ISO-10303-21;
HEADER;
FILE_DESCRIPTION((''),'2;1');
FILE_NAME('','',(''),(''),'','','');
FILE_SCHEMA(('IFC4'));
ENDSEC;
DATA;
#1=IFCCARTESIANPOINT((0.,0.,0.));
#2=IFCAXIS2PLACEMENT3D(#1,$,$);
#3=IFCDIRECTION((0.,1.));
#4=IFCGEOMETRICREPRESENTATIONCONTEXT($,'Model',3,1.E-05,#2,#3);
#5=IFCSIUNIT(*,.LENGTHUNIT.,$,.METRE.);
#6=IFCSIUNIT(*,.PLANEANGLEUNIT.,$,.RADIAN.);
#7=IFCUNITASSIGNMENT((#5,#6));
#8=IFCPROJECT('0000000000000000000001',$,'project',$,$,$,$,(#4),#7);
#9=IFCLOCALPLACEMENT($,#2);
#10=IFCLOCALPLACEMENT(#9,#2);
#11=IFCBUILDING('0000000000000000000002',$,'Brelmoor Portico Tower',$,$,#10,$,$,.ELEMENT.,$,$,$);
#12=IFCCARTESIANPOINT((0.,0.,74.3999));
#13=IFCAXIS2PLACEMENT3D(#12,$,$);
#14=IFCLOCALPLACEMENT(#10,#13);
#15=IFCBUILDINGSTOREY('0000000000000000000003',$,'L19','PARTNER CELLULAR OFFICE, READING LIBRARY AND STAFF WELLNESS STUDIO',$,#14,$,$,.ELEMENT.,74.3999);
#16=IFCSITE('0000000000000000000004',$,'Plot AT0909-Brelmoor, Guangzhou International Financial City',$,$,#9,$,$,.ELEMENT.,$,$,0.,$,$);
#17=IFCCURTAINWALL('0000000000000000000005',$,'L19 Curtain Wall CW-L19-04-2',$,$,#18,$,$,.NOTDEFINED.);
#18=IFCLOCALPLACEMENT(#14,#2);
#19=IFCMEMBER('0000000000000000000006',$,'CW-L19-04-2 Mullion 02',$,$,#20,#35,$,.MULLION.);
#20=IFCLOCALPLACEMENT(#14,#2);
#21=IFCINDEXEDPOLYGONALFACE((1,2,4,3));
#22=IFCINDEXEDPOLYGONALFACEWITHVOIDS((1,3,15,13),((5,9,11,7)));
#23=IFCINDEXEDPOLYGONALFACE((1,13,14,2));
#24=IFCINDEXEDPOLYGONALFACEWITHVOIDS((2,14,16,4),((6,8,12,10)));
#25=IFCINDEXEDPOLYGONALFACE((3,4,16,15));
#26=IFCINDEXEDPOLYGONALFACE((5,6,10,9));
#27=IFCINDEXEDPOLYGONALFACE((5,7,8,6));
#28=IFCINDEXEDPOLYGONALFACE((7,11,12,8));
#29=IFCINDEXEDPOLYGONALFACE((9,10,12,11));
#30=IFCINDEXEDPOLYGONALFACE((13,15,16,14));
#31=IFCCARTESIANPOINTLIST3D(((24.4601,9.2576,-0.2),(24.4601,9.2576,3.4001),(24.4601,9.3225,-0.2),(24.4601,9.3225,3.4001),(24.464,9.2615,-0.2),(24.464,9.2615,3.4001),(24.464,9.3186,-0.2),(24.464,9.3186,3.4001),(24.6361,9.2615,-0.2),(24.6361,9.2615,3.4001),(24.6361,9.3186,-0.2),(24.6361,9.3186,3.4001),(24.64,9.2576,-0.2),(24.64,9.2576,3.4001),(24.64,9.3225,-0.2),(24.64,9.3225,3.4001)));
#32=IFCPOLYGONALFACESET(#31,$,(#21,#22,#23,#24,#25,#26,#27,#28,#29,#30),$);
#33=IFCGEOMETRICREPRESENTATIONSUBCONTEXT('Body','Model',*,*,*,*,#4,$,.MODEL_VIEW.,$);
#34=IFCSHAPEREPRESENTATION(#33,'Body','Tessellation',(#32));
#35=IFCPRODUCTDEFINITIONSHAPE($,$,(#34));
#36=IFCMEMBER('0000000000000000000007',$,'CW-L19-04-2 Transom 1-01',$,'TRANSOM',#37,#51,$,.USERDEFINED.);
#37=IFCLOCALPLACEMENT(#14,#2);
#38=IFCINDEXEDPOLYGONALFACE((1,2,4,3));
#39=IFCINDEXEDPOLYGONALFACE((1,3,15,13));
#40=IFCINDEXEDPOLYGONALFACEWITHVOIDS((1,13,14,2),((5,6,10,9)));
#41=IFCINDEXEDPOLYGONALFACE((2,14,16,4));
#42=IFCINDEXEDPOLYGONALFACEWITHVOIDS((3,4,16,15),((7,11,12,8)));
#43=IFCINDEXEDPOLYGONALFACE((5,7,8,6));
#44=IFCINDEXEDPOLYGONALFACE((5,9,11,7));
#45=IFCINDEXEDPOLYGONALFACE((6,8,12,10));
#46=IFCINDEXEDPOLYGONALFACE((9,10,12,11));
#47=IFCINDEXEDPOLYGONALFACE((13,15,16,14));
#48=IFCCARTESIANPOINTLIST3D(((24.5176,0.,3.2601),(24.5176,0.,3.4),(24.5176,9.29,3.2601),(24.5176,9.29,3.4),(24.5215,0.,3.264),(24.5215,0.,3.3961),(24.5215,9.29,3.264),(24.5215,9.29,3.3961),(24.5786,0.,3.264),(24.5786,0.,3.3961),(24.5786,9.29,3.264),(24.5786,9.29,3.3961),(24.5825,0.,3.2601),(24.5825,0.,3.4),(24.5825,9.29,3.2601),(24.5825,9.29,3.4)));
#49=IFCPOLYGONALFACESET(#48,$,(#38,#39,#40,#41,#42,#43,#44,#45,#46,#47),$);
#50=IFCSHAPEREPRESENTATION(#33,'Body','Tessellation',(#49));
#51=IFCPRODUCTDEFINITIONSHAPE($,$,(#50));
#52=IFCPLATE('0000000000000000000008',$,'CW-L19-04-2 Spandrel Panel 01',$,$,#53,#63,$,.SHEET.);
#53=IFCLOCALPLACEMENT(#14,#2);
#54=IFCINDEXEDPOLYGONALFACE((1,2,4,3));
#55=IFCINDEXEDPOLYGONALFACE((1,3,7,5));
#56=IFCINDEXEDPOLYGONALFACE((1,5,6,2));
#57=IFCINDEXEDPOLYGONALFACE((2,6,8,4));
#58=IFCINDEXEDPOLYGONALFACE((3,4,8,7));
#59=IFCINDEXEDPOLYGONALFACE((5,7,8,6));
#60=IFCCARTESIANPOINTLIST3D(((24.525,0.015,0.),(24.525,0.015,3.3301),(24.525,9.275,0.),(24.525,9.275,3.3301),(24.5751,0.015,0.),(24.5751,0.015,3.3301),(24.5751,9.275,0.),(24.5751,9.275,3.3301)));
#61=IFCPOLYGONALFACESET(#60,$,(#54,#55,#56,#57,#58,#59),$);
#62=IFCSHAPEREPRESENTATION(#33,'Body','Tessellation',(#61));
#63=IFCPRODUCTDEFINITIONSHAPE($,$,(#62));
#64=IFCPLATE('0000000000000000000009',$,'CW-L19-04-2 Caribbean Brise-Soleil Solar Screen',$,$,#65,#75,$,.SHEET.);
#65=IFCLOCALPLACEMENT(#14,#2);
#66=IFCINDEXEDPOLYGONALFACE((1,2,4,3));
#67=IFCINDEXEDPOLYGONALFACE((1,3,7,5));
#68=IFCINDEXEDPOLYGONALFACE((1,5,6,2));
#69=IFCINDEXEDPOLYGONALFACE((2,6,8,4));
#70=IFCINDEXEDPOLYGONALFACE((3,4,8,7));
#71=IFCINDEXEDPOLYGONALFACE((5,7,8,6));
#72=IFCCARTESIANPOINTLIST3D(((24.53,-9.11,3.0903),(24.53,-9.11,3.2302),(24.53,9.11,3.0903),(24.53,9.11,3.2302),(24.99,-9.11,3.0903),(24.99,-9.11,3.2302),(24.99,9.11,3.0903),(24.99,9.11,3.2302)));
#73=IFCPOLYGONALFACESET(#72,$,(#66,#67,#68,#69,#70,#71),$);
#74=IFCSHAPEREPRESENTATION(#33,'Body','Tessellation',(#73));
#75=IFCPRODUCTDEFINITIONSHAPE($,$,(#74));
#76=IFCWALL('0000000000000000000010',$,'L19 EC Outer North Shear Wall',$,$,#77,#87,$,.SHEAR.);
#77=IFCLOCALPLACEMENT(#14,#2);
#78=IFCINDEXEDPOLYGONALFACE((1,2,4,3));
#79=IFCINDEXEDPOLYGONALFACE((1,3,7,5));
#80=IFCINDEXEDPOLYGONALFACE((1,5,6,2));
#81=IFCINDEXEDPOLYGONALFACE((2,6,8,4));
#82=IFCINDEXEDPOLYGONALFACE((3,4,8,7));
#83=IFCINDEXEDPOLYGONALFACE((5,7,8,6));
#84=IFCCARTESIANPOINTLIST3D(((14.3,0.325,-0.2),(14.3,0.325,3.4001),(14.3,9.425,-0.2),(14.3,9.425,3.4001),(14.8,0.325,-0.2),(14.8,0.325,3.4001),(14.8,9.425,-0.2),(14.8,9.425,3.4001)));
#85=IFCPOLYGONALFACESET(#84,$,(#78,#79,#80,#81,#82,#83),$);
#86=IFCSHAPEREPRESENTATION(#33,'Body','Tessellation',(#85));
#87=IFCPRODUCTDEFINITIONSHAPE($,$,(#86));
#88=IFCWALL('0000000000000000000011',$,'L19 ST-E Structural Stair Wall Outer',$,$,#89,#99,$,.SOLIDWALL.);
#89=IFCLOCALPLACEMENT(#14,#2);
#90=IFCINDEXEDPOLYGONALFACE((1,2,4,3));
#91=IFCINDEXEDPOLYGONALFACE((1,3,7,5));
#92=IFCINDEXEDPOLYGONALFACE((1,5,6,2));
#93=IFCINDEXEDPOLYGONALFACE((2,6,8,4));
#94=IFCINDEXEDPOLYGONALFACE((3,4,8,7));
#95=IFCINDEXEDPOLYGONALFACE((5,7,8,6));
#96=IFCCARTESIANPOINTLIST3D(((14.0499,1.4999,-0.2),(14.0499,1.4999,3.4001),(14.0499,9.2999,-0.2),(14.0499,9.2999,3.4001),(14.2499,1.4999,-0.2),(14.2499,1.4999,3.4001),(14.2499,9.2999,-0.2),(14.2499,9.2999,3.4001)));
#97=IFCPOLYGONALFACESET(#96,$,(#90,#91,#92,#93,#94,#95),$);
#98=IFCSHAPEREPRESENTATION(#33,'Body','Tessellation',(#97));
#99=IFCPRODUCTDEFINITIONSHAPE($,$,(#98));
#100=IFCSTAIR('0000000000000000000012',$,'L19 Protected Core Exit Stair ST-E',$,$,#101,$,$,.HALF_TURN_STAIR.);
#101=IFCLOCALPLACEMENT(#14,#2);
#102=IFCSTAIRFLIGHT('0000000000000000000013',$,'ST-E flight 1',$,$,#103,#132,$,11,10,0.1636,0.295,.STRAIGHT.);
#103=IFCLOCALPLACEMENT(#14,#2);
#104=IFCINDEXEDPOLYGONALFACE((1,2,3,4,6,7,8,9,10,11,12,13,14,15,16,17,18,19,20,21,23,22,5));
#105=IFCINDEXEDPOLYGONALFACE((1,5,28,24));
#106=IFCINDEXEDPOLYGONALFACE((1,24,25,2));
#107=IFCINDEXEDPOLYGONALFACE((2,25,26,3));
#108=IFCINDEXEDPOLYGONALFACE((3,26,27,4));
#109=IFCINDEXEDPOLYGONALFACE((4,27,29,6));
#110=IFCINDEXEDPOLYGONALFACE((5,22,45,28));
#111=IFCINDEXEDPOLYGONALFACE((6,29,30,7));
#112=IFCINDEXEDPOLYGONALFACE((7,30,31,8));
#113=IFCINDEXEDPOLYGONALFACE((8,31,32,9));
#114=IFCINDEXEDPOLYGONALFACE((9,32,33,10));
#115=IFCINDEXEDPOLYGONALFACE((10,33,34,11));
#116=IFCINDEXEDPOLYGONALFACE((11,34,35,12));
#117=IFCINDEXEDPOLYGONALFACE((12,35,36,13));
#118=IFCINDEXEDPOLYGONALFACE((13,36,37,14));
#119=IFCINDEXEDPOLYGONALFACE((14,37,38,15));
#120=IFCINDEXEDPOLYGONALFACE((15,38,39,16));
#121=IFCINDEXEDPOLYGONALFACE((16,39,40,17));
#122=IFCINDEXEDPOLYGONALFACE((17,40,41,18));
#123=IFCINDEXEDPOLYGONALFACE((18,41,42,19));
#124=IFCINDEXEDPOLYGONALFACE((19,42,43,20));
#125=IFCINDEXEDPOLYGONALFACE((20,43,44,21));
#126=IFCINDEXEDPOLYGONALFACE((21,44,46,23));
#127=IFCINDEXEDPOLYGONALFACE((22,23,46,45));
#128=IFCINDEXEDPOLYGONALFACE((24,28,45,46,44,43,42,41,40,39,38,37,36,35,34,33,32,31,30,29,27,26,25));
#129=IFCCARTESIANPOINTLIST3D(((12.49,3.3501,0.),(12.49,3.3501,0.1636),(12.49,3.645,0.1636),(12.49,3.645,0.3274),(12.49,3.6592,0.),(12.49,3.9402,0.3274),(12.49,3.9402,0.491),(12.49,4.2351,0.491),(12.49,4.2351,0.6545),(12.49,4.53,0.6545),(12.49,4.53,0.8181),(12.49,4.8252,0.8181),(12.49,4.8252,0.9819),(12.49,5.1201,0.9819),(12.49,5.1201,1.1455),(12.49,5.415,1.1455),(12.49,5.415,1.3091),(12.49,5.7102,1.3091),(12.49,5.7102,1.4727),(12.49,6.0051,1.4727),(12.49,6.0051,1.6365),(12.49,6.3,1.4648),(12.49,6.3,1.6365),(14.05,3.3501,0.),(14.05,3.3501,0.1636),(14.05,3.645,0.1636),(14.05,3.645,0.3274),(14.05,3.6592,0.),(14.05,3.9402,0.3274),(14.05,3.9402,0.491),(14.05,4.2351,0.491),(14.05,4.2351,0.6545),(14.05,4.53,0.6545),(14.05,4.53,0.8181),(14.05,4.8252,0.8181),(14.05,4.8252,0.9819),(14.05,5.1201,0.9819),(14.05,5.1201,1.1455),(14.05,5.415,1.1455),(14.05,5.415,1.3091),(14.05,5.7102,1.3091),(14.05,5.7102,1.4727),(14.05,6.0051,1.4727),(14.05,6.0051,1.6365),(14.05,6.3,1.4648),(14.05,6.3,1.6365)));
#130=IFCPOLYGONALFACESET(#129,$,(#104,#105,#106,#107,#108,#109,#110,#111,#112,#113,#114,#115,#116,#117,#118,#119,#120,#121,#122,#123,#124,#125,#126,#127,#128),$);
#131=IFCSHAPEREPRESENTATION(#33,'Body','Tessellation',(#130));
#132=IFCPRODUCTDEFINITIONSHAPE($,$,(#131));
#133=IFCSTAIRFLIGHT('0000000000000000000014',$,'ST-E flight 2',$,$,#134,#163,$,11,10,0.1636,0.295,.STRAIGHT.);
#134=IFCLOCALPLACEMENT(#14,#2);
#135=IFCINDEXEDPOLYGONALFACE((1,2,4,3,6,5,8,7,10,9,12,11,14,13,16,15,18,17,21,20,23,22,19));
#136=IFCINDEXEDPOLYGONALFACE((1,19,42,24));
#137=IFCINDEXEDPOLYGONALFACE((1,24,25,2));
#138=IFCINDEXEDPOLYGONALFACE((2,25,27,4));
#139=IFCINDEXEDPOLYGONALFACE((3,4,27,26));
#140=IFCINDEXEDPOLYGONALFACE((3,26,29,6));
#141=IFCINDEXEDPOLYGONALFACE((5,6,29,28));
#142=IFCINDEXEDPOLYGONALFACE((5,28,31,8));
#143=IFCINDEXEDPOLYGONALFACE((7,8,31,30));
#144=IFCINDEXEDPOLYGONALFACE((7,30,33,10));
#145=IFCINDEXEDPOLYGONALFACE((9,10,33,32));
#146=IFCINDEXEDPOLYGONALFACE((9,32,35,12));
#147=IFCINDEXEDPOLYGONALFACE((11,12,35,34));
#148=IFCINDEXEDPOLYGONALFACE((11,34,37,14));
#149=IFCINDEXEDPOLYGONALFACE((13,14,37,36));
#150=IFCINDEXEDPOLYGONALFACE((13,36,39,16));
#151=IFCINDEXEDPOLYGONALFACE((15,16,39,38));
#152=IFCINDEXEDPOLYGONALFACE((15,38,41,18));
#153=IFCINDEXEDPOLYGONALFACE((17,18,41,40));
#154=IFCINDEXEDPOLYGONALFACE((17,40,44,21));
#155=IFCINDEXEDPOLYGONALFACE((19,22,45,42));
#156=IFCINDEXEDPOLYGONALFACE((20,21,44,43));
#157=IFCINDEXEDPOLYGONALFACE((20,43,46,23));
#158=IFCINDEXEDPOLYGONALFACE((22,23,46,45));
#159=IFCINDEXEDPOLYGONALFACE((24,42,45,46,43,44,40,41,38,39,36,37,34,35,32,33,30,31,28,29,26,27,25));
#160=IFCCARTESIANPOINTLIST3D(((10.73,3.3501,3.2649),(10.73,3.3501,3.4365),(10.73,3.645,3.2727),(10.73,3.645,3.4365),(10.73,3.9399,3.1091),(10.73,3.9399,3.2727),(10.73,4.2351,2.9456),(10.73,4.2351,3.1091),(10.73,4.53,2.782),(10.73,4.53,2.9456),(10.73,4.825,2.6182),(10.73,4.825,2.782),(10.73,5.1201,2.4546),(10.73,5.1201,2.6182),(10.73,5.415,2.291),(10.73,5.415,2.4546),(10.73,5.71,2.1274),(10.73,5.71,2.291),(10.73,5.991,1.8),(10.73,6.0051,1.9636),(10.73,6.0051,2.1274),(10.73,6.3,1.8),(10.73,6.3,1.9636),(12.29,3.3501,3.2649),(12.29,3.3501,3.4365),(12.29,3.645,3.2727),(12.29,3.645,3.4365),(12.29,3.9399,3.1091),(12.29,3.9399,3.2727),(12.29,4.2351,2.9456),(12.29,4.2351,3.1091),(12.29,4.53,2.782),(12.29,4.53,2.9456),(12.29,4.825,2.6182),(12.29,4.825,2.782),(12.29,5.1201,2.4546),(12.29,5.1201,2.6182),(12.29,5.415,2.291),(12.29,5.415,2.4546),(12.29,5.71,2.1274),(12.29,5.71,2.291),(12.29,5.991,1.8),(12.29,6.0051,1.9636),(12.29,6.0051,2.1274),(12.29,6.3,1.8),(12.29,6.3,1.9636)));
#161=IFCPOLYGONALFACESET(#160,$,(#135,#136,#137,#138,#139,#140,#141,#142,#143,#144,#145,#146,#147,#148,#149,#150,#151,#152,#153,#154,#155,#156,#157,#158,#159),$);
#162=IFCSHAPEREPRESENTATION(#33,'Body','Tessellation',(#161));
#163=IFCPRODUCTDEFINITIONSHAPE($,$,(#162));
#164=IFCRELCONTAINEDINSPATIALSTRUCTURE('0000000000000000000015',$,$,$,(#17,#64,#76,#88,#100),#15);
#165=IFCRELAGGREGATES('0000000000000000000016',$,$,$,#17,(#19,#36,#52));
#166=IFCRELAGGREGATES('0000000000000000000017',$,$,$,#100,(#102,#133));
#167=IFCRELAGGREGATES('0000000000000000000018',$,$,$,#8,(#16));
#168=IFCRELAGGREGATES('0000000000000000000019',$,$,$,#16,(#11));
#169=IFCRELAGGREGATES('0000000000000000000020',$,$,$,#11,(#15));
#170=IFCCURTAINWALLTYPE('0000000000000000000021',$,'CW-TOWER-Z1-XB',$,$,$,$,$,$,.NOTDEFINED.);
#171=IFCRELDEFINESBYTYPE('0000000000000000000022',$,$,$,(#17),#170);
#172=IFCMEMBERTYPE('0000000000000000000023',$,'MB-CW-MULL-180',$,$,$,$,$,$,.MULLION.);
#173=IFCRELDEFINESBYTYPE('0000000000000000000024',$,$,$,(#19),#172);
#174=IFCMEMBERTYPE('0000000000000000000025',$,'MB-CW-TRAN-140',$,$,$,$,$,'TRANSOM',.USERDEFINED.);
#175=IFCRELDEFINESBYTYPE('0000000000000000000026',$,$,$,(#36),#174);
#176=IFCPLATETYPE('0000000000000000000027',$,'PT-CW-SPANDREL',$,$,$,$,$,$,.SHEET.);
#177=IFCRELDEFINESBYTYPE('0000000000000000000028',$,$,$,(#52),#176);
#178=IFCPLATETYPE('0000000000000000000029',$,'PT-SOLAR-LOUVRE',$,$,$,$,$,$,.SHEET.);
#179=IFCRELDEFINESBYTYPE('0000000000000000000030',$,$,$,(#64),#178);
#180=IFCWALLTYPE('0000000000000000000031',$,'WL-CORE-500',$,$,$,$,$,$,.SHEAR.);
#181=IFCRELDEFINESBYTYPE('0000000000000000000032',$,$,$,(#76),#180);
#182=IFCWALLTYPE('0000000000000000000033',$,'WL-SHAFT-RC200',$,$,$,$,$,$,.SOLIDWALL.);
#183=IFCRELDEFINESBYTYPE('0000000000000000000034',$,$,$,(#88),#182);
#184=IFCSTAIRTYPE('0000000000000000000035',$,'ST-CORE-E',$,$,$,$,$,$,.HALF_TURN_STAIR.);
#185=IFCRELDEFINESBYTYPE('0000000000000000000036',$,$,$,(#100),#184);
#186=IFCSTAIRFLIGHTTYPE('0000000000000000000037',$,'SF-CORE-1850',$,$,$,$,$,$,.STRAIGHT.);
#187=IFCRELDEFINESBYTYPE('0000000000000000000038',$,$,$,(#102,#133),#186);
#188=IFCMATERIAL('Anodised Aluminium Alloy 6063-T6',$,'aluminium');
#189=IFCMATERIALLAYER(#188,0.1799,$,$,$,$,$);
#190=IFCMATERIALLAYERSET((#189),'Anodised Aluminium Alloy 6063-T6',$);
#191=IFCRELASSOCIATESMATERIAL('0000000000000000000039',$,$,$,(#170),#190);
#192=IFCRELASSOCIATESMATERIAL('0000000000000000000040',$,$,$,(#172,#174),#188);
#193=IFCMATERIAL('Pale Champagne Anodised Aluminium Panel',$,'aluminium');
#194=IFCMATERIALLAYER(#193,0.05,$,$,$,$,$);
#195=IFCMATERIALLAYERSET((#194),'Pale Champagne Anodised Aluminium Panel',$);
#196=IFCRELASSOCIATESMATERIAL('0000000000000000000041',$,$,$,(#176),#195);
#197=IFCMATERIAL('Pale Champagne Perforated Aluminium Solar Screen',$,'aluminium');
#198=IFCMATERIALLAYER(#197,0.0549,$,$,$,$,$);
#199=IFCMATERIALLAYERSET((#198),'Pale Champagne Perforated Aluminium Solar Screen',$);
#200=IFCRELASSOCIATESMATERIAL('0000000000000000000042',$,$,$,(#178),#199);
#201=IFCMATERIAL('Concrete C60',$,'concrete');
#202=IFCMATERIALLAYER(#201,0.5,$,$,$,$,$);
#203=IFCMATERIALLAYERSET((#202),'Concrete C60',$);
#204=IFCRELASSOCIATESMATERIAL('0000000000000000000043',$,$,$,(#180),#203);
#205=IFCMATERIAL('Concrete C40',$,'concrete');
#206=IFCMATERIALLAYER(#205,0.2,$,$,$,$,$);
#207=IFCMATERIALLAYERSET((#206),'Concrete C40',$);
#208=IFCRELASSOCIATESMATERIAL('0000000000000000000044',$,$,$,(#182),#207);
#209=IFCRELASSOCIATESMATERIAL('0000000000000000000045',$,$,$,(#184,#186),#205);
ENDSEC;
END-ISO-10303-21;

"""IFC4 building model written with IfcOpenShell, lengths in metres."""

from ifc_helpers import new_model, si_unit, direction, frame, frame_2d, origin, origin_2d, place, context, subcontext, project, spatial, polyline, rectangle, hollow_rectangle, outline, extrude, material, layer, layer_set, material_profile, profile_set, type_object, element, aggregate, save


model = new_model("IFC4")

# Units and contexts
model_context = context("Model", 3, precision=1e-05, world=origin(), true_north=direction((0.0, 1.0)))
body_context = subcontext(model_context, "Body", "Model", "MODEL_VIEW")
ifc_project = project(units=[si_unit("LENGTHUNIT", "METRE"), si_unit("PLANEANGLEUNIT", "RADIAN")], contexts=[model_context])

# Site, building, storey
site_placement = place(None, origin())
site = spatial("IfcSite", under=ifc_project, at=site_placement, Name="Plot AT0909-Brelmoor, Guangzhou International Financial City", CompositionType="ELEMENT", RefElevation=0.0)
building_placement = place(site_placement, origin())
building = spatial("IfcBuilding", under=site, at=building_placement, Name="Brelmoor Portico Tower", CompositionType="ELEMENT")
storey_placement = place(building_placement, frame((0.0, 0.0, 74.3999)))
storey = spatial("IfcBuildingStorey", under=building, at=storey_placement, Name="L19", Description="PARTNER CELLULAR OFFICE, READING LIBRARY AND STAFF WELLNESS STUDIO", CompositionType="ELEMENT", Elevation=74.3999)

# Curtain wall, members, plate
ifc_material_1 = material(Name="Anodised Aluminium Alloy 6063-T6", Category="aluminium")
ifc_layer_1 = layer(ifc_material_1, 0.1799)
ifc_layer_set_1 = layer_set([ifc_layer_1], Name="Anodised Aluminium Alloy 6063-T6")
curtain_wall_type = type_object("IfcCurtainWallType", Name="CW-TOWER-Z1-XB", PredefinedType="NOTDEFINED", material=ifc_layer_set_1)
curtain_wall_placement = place(storey_placement, origin())
curtain_wall = element("IfcCurtainWall", 1, at=curtain_wall_placement, inside=storey, type_object=curtain_wall_type, Name="L19 Curtain Wall CW-L19-04-2", PredefinedType="NOTDEFINED")
ifc_material_profile_1 = material_profile(ifc_material_1, hollow_rectangle(XDim=0.0649, YDim=0.1799, WallThickness=0.0039, at=origin_2d()), Name="ALU MULLION 65x180")
ifc_profile_set_1 = profile_set([ifc_material_profile_1], Name="Anodised Aluminium Alloy 6063-T6")
member_type_1 = type_object("IfcMemberType", Name="MB-CW-MULL-180", PredefinedType="MULLION", material=ifc_profile_set_1)
member_1_placement = place(storey_placement, frame((24.55, 9.29, -0.2), z_axis=(0.0, 0.0, 1.0), x_axis=(0.0, 1.0, 0.0)))
member_1 = element("IfcMember", 2, at=member_1_placement, type_object=member_type_1, Name="CW-L19-04-2 Mullion 02", PredefinedType="MULLION", context=body_context, shape_type="SweptSolid", body=[
    extrude(hollow_rectangle(XDim=0.0649, YDim=0.1799, WallThickness=0.0039, at=origin_2d()), origin(), (0.0, 0.0, 1.0), 3.6001),
])
ifc_material_profile_2 = material_profile(ifc_material_1, hollow_rectangle(XDim=0.0649, YDim=0.1399, WallThickness=0.0039, at=origin_2d()), Name="ALU TRANSOM 65x140")
ifc_profile_set_2 = profile_set([ifc_material_profile_2], Name="Anodised Aluminium Alloy 6063-T6")
member_type_2 = type_object("IfcMemberType", Name="MB-CW-TRAN-140", ElementType="TRANSOM", PredefinedType="USERDEFINED", material=ifc_profile_set_2)
member_2_placement = place(storey_placement, frame((24.55, 0.0, 3.3301), z_axis=(0.0, 1.0, 0.0), x_axis=(-1.0, 0.0, 0.0)))
member_2 = element("IfcMember", 3, at=member_2_placement, type_object=member_type_2, Name="CW-L19-04-2 Transom 1-01", ObjectType="TRANSOM", PredefinedType="USERDEFINED", context=body_context, shape_type="SweptSolid", body=[
    extrude(hollow_rectangle(XDim=0.0649, YDim=0.1399, WallThickness=0.0039, at=origin_2d()), origin(), (0.0, 0.0, 1.0), 9.29),
])
ifc_material_2 = material(Name="Pale Champagne Anodised Aluminium Panel", Category="aluminium")
ifc_layer_2 = layer(ifc_material_2, 0.05)
ifc_layer_set_2 = layer_set([ifc_layer_2], Name="Pale Champagne Anodised Aluminium Panel")
plate_type_1 = type_object("IfcPlateType", Name="PT-CW-SPANDREL", PredefinedType="SHEET", material=ifc_layer_set_2)
plate_1_placement = place(storey_placement, frame((24.55, 4.645, 0.0), z_axis=(0.0, 0.0, 1.0), x_axis=(0.0, 1.0, 0.0)))
plate_1 = element("IfcPlate", 4, at=plate_1_placement, type_object=plate_type_1, Name="CW-L19-04-2 Spandrel Panel 01", PredefinedType="SHEET", context=body_context, shape_type="SweptSolid", body=[
    extrude(rectangle(XDim=9.26, YDim=0.05, at=origin_2d()), origin(), (0.0, 0.0, 1.0), 3.3301),
])
aggregate(curtain_wall, [member_1, member_2, plate_1])

# Plate
ifc_material_3 = material(Name="Pale Champagne Perforated Aluminium Solar Screen", Category="aluminium")
ifc_layer_3 = layer(ifc_material_3, 0.0549)
ifc_layer_set_3 = layer_set([ifc_layer_3], Name="Pale Champagne Perforated Aluminium Solar Screen")
plate_type_2 = type_object("IfcPlateType", Name="PT-SOLAR-LOUVRE", PredefinedType="SHEET", material=ifc_layer_set_3)
plate_2_placement = place(storey_placement, frame((24.76, 0.0, 3.0903), z_axis=(0.0, 0.0, 1.0), x_axis=(0.0, 1.0, 0.0)))
element("IfcPlate", 5, at=plate_2_placement, inside=storey, type_object=plate_type_2, Name="CW-L19-04-2 Caribbean Brise-Soleil Solar Screen", PredefinedType="SHEET", context=body_context, shape_type="SweptSolid", body=[
    extrude(rectangle(XDim=18.22, YDim=0.46, at=origin_2d()), origin(), (0.0, 0.0, 1.0), 0.1399),
])

# Walls
ifc_material_4 = material(Name="Concrete C60", Category="concrete")
ifc_layer_4 = layer(ifc_material_4, 0.5)
ifc_layer_set_4 = layer_set([ifc_layer_4], Name="Concrete C60")
wall_type_1 = type_object("IfcWallType", Name="WL-CORE-500", PredefinedType="SHEAR", material=ifc_layer_set_4)
wall_1_placement = place(storey_placement, frame((14.55, 0.325, -0.2), z_axis=(0.0, 0.0, 1.0), x_axis=(0.0, 1.0, 0.0)))
element("IfcWall", 6, at=wall_1_placement, inside=storey, type_object=wall_type_1, Name="L19 EC Outer North Shear Wall", PredefinedType="SHEAR", context=body_context, shape_type="SweptSolid", body=[
    extrude(rectangle(XDim=9.1001, YDim=0.5, at=frame_2d((4.55, 0.0))), origin(), (0.0, 0.0, 1.0), 3.6001),
])
ifc_material_5 = material(Name="Concrete C40", Category="concrete")
ifc_layer_5 = layer(ifc_material_5, 0.2)
ifc_layer_set_5 = layer_set([ifc_layer_5], Name="Concrete C40")
wall_type_2 = type_object("IfcWallType", Name="WL-SHAFT-RC200", PredefinedType="SOLIDWALL", material=ifc_layer_set_5)
wall_2_placement = place(storey_placement, frame((14.1499, 1.5, -0.2), z_axis=(0.0, 0.0, 1.0), x_axis=(0.0, 1.0, 0.0)))
element("IfcWall", 7, at=wall_2_placement, inside=storey, type_object=wall_type_2, Name="L19 ST-E Structural Stair Wall Outer", PredefinedType="SOLIDWALL", context=body_context, shape_type="SweptSolid", body=[
    extrude(rectangle(XDim=7.8, YDim=0.2, at=frame_2d((3.8999, 0.0))), origin(), (0.0, 0.0, 1.0), 3.6001),
])

# Stair, stair flights
stair_type = type_object("IfcStairType", Name="ST-CORE-E", PredefinedType="HALF_TURN_STAIR", material=ifc_material_5)
stair_placement = place(storey_placement, origin())
stair = element("IfcStair", 8, at=stair_placement, inside=storey, type_object=stair_type, Name="L19 Protected Core Exit Stair ST-E", PredefinedType="HALF_TURN_STAIR")
stair_flight_type = type_object("IfcStairFlightType", Name="SF-CORE-1850", PredefinedType="STRAIGHT", material=ifc_material_5)
stair_flight_1_placement = place(storey_placement, frame((13.27, 3.3501, 0.0), z_axis=(0.0, 0.0, 1.0), x_axis=(0.0, 1.0, 0.0)))
stair_flight_1 = element("IfcStairFlight", 9, at=stair_flight_1_placement, type_object=stair_flight_type, Name="ST-E flight 1", NumberOfRisers=11, NumberOfTreads=10, PredefinedType="STRAIGHT", RiserHeight=0.1636, TreadLength=0.295, context=body_context, shape_type="SweptSolid", body=[
    extrude(outline(polyline([(0.0, 0.0), (0.0, 0.1636), (0.2949, 0.1636), (0.2949, 0.3274), (0.5901, 0.3274), (0.5901, 0.491), (0.885, 0.491), (0.885, 0.6545), (1.1799, 0.6545), (1.1799, 0.8181), (1.4751, 0.8181), (1.4751, 0.9819), (1.77, 0.9819), (1.77, 1.1455), (2.0649, 1.1455), (2.0649, 1.3091), (2.3601, 1.3091), (2.3601, 1.4727), (2.655, 1.4727), (2.655, 1.6365), (2.95, 1.6365), (2.95, 1.8), (2.95, 1.4648), (0.3091, 0.0), (0.0, 0.0)])), frame((0.0, 0.78, 0.0), z_axis=(0.0, -1.0, 0.0), x_axis=(1.0, 0.0, 0.0)), (0.0, 0.0, 1.0), 1.5601),
])
stair_flight_2_placement = place(storey_placement, frame((11.51, 6.3, 1.8), z_axis=(0.0, 0.0, 1.0), x_axis=(0.0, -1.0, 0.0)))
stair_flight_2 = element("IfcStairFlight", 10, at=stair_flight_2_placement, type_object=stair_flight_type, Name="ST-E flight 2", NumberOfRisers=11, NumberOfTreads=10, PredefinedType="STRAIGHT", RiserHeight=0.1636, TreadLength=0.295, context=body_context, shape_type="SweptSolid", body=[
    extrude(outline(polyline([(0.0, 0.0), (0.0, 0.1636), (0.2949, 0.1636), (0.2949, 0.3274), (0.5901, 0.3274), (0.5901, 0.491), (0.885, 0.491), (0.885, 0.6545), (1.1799, 0.6545), (1.1799, 0.8181), (1.4751, 0.8181), (1.4751, 0.9819), (1.77, 0.9819), (1.77, 1.1455), (2.0649, 1.1455), (2.0649, 1.3091), (2.3601, 1.3091), (2.3601, 1.4727), (2.655, 1.4727), (2.655, 1.6365), (2.95, 1.6365), (2.95, 1.8), (2.95, 1.4648), (0.3091, 0.0), (0.0, 0.0)])), frame((0.0, 0.78, 0.0), z_axis=(0.0, -1.0, 0.0), x_axis=(1.0, 0.0, 0.0)), (0.0, 0.0, 1.0), 1.5601),
])
aggregate(stair, [stair_flight_1, stair_flight_2])

save(model, "model.ifc")
